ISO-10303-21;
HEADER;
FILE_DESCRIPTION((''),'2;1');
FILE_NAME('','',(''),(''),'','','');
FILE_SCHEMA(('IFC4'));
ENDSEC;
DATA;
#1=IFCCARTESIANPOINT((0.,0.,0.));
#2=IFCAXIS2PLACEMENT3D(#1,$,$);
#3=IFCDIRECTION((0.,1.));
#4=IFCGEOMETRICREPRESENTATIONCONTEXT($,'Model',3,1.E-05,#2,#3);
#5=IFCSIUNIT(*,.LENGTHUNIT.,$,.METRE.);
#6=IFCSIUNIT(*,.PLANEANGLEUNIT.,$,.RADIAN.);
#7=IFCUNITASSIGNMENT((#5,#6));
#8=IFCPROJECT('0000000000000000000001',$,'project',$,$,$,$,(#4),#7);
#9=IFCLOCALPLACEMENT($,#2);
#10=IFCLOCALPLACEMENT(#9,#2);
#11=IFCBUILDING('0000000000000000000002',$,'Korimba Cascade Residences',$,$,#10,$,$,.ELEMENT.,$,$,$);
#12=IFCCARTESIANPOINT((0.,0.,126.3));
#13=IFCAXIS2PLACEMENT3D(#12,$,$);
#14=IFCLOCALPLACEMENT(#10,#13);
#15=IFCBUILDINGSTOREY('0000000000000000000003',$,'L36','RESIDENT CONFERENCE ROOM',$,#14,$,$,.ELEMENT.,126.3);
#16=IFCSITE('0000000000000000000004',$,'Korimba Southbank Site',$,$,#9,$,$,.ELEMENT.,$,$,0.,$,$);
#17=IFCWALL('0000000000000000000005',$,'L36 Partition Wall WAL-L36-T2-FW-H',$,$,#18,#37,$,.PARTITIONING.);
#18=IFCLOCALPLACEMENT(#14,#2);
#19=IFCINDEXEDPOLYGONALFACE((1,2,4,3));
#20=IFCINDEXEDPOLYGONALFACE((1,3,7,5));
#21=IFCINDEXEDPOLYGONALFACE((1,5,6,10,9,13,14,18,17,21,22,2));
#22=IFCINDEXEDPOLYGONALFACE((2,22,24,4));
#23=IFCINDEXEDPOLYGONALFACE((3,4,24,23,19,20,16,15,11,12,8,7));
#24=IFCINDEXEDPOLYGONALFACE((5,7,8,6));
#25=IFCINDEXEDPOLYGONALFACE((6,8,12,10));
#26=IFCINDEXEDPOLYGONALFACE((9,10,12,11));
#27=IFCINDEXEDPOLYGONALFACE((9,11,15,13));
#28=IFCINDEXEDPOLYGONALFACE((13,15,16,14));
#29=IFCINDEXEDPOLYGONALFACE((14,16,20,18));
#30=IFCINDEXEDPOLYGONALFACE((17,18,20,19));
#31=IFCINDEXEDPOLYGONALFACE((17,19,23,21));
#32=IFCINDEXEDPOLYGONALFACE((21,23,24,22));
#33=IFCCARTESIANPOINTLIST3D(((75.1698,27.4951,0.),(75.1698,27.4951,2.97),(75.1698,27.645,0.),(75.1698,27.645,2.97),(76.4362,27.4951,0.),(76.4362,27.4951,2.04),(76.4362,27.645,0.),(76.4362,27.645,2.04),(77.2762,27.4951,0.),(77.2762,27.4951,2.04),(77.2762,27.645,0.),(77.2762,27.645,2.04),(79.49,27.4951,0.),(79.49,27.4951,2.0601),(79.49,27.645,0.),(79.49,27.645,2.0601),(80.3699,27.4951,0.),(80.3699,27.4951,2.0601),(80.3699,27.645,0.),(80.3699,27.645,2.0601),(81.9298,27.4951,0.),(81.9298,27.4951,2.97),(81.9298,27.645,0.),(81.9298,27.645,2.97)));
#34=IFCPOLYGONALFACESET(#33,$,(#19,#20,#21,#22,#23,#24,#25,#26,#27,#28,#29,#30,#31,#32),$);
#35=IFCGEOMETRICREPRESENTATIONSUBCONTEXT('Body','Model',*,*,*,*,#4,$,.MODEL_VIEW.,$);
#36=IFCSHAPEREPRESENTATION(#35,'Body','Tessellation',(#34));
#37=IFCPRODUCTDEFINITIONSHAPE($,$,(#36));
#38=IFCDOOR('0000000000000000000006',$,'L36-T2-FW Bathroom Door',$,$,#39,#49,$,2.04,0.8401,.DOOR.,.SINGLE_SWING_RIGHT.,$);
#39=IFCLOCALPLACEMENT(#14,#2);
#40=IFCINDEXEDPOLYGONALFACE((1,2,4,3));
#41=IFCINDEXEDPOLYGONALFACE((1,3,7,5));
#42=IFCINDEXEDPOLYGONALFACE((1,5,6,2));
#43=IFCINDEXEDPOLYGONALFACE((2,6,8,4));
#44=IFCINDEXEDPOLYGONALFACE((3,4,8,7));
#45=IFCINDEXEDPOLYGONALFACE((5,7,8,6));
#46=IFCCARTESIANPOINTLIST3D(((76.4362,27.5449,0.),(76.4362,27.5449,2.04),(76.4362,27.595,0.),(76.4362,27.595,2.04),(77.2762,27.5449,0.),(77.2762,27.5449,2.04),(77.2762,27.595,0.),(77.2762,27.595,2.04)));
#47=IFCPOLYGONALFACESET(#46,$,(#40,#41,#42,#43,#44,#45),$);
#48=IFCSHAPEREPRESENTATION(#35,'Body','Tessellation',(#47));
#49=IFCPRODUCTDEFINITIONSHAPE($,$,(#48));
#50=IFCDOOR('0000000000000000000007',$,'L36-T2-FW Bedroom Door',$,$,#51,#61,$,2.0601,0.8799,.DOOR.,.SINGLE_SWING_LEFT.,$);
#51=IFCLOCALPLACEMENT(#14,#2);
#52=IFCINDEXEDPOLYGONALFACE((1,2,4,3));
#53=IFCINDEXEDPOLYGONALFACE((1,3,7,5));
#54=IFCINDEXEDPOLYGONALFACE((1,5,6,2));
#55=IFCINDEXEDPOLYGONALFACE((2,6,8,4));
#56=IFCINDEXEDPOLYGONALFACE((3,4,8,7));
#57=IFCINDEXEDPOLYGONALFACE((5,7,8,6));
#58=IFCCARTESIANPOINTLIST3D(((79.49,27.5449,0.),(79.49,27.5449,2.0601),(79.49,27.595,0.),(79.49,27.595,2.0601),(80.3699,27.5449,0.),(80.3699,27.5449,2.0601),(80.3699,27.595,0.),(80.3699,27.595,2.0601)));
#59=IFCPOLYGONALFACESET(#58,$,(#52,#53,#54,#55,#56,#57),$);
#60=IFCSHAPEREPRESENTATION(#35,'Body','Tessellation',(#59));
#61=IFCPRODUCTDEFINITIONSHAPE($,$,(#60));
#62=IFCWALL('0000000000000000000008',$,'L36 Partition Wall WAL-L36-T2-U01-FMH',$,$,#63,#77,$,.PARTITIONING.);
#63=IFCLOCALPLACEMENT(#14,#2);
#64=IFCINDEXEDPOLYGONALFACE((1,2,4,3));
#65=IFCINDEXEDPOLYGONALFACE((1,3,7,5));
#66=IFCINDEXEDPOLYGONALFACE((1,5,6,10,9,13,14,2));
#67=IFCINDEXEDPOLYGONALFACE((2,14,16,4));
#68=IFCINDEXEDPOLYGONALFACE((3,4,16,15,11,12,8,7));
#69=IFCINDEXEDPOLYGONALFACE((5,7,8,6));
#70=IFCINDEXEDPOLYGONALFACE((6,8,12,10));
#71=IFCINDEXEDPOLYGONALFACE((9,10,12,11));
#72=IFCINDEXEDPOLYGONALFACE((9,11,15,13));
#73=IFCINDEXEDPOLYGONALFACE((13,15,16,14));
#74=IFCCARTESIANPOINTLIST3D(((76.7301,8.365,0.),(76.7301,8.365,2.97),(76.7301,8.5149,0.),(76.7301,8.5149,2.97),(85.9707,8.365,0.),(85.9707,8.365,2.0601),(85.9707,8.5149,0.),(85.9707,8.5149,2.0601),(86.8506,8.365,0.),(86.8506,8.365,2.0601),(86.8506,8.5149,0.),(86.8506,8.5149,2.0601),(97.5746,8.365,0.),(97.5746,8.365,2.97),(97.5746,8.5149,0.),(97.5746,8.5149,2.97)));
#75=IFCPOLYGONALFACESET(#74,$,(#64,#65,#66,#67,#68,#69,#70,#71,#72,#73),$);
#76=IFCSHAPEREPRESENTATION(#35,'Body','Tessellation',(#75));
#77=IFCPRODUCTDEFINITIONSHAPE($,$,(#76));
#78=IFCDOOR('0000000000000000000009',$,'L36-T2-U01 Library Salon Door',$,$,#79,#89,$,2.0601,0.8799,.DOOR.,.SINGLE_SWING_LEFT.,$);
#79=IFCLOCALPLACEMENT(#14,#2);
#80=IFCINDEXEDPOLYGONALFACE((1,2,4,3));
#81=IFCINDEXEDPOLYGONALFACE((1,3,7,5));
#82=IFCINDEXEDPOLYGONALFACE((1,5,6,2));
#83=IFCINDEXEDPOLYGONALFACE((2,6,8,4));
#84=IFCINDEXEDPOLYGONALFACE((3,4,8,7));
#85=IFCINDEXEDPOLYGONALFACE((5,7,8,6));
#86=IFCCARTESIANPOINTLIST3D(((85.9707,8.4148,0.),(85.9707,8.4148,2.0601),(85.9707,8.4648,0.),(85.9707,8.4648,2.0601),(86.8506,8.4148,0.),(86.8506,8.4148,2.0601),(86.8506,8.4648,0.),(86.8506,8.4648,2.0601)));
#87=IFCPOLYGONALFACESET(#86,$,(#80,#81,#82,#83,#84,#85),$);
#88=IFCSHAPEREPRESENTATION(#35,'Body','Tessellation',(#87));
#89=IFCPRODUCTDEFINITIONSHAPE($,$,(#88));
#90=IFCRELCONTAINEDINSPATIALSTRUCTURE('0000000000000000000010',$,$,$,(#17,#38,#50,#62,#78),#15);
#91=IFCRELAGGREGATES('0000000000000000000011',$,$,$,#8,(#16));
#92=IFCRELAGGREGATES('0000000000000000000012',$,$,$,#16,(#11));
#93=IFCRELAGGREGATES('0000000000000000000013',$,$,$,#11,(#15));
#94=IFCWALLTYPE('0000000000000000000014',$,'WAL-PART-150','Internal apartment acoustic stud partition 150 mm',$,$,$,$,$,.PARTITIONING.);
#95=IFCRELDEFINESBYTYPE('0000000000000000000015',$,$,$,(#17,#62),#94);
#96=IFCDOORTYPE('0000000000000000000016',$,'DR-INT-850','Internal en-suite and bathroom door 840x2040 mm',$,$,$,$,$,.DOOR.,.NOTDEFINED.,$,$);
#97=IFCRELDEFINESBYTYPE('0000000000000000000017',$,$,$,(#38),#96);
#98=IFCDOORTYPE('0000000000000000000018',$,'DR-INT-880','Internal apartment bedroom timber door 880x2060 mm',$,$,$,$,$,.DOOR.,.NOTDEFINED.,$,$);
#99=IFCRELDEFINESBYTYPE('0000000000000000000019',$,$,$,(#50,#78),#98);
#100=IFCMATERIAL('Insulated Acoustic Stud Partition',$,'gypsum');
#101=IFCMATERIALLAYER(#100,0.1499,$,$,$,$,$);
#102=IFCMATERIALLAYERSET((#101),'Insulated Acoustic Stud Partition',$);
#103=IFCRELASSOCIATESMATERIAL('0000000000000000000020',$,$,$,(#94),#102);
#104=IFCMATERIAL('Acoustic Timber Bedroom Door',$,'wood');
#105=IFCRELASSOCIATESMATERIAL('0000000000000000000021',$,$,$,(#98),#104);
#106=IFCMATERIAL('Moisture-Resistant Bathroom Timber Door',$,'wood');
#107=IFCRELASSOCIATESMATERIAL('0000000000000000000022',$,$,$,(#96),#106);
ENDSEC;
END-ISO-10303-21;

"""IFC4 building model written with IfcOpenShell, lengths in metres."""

from ifc_helpers import new_model, si_unit, direction, frame, frame_2d, origin, place, context, subcontext, project, spatial, rectangle, extrude, material, layer, layer_set, type_object, element, fill, save


model = new_model("IFC4")

# Units and contexts
model_context = context("Model", 3, precision=1e-05, world=origin(), true_north=direction((0.0, 1.0)))
body_context = subcontext(model_context, "Body", "Model", "MODEL_VIEW")
ifc_project = project(units=[si_unit("LENGTHUNIT", "METRE"), si_unit("PLANEANGLEUNIT", "RADIAN")], contexts=[model_context])

# Site, building, storey
site_placement = place(None, origin())
site = spatial("IfcSite", under=ifc_project, at=site_placement, Name="Korimba Southbank Site", CompositionType="ELEMENT", RefElevation=0.0)
building_placement = place(site_placement, origin())
building = spatial("IfcBuilding", under=site, at=building_placement, Name="Korimba Cascade Residences", CompositionType="ELEMENT")
storey_placement = place(building_placement, frame((0.0, 0.0, 126.3)))
storey = spatial("IfcBuildingStorey", under=building, at=storey_placement, Name="L36", Description="RESIDENT CONFERENCE ROOM", CompositionType="ELEMENT", Elevation=126.3)

# Shared definitions
ifc_material_1 = material(Name="Insulated Acoustic Stud Partition", Category="gypsum")
ifc_layer_1 = layer(ifc_material_1, 0.1499)
ifc_layer_set_1 = layer_set([ifc_layer_1], Name="Insulated Acoustic Stud Partition")
wall_type_1 = type_object("IfcWallType", Name="WAL-PART-150", Description="Internal apartment acoustic stud partition 150 mm", PredefinedType="PARTITIONING", material=ifc_layer_set_1)
ifc_material_2 = material(Name="Acoustic Timber Bedroom Door", Category="wood")
door_type_1 = type_object("IfcDoorType", Name="DR-INT-880", Description="Internal apartment bedroom timber door 880x2060 mm", OperationType="NOTDEFINED", PredefinedType="DOOR", material=ifc_material_2)

# Wall, openings, doors
wall_1_placement = place(storey_placement, frame((75.1699, 27.5701, 0.0), z_axis=(0.0, 0.0, 1.0), x_axis=(1.0, 0.0, 0.0)))
wall_1 = element("IfcWall", 1, at=wall_1_placement, inside=storey, type_object=wall_type_1, Name="L36 Partition Wall WAL-L36-T2-FW-H", PredefinedType="PARTITIONING", context=body_context, shape_type="SweptSolid", body=[
    extrude(rectangle(XDim=6.76, YDim=0.1499, at=frame_2d((3.3799, 0.0))), origin(), (0.0, 0.0, 1.0), 2.97),
])
opening_1_placement = place(wall_1_placement, frame((1.2664, 0.0, 0.0)))
opening_1 = element("IfcOpeningElement", 2, at=opening_1_placement, cuts=wall_1, PredefinedType="OPENING", context=body_context, shape_type="SweptSolid", body=[
    extrude(rectangle(XDim=0.8401, YDim=2.04, at=frame_2d((0.4199, 1.02))), frame((0.0, 0.085, 0.0), z_axis=(0.0, -1.0, 0.0), x_axis=(1.0, 0.0, 0.0)), (0.0, 0.0, 1.0), 0.1699),
])
opening_2_placement = place(wall_1_placement, frame((4.3201, 0.0, 0.0)))
opening_2 = element("IfcOpeningElement", 3, at=opening_2_placement, cuts=wall_1, PredefinedType="OPENING", context=body_context, shape_type="SweptSolid", body=[
    extrude(rectangle(XDim=0.8799, YDim=2.0601, at=frame_2d((0.4399, 1.03))), frame((0.0, 0.085, 0.0), z_axis=(0.0, -1.0, 0.0), x_axis=(1.0, 0.0, 0.0)), (0.0, 0.0, 1.0), 0.1699),
])
ifc_material_3 = material(Name="Moisture-Resistant Bathroom Timber Door", Category="wood")
door_type_2 = type_object("IfcDoorType", Name="DR-INT-850", Description="Internal en-suite and bathroom door 840x2040 mm", OperationType="NOTDEFINED", PredefinedType="DOOR", material=ifc_material_3)
door_1_placement = place(opening_1_placement, origin())
door_1 = element("IfcDoor", 4, at=door_1_placement, inside=storey, type_object=door_type_2, Name="L36-T2-FW Bathroom Door", OperationType="SINGLE_SWING_RIGHT", OverallHeight=2.04, OverallWidth=0.8401, PredefinedType="DOOR", context=body_context, shape_type="SweptSolid", body=[
    extrude(rectangle(XDim=0.8401, YDim=2.04, at=frame_2d((0.4199, 1.02))), frame((0.0, 0.0249, 0.0), z_axis=(0.0, -1.0, 0.0), x_axis=(1.0, 0.0, 0.0)), (0.0, 0.0, 1.0), 0.05),
])
fill(opening_1, door_1)
door_2_placement = place(opening_2_placement, origin())
door_2 = element("IfcDoor", 5, at=door_2_placement, inside=storey, type_object=door_type_1, Name="L36-T2-FW Bedroom Door", OperationType="SINGLE_SWING_LEFT", OverallHeight=2.0601, OverallWidth=0.8799, PredefinedType="DOOR", context=body_context, shape_type="SweptSolid", body=[
    extrude(rectangle(XDim=0.8799, YDim=2.0601, at=frame_2d((0.4399, 1.03))), frame((0.0, 0.0249, 0.0), z_axis=(0.0, -1.0, 0.0), x_axis=(1.0, 0.0, 0.0)), (0.0, 0.0, 1.0), 0.05),
])
fill(opening_2, door_2)

# Wall, opening, door
wall_2_placement = place(storey_placement, frame((76.73, 8.4399, 0.0), z_axis=(0.0, 0.0, 1.0), x_axis=(1.0, 0.0, 0.0)))
wall_2 = element("IfcWall", 6, at=wall_2_placement, inside=storey, type_object=wall_type_1, Name="L36 Partition Wall WAL-L36-T2-U01-FMH", PredefinedType="PARTITIONING", context=body_context, shape_type="SweptSolid", body=[
    extrude(rectangle(XDim=20.8445, YDim=0.1499, at=frame_2d((10.4224, 0.0))), origin(), (0.0, 0.0, 1.0), 2.97),
])
opening_3_placement = place(wall_2_placement, frame((9.2407, 0.0, 0.0)))
opening_3 = element("IfcOpeningElement", 7, at=opening_3_placement, cuts=wall_2, PredefinedType="OPENING", context=body_context, shape_type="SweptSolid", body=[
    extrude(rectangle(XDim=0.8799, YDim=2.0601, at=frame_2d((0.4399, 1.03))), frame((0.0, 0.085, 0.0), z_axis=(0.0, -1.0, 0.0), x_axis=(1.0, 0.0, 0.0)), (0.0, 0.0, 1.0), 0.1699),
])
door_3_placement = place(opening_3_placement, origin())
door_3 = element("IfcDoor", 8, at=door_3_placement, inside=storey, type_object=door_type_1, Name="L36-T2-U01 Library Salon Door", OperationType="SINGLE_SWING_LEFT", OverallHeight=2.0601, OverallWidth=0.8799, PredefinedType="DOOR", context=body_context, shape_type="SweptSolid", body=[
    extrude(rectangle(XDim=0.8799, YDim=2.0601, at=frame_2d((0.4399, 1.03))), frame((0.0, 0.0249, 0.0), z_axis=(0.0, -1.0, 0.0), x_axis=(1.0, 0.0, 0.0)), (0.0, 0.0, 1.0), 0.05),
])
fill(opening_3, door_3)

save(model, "model.ifc")
